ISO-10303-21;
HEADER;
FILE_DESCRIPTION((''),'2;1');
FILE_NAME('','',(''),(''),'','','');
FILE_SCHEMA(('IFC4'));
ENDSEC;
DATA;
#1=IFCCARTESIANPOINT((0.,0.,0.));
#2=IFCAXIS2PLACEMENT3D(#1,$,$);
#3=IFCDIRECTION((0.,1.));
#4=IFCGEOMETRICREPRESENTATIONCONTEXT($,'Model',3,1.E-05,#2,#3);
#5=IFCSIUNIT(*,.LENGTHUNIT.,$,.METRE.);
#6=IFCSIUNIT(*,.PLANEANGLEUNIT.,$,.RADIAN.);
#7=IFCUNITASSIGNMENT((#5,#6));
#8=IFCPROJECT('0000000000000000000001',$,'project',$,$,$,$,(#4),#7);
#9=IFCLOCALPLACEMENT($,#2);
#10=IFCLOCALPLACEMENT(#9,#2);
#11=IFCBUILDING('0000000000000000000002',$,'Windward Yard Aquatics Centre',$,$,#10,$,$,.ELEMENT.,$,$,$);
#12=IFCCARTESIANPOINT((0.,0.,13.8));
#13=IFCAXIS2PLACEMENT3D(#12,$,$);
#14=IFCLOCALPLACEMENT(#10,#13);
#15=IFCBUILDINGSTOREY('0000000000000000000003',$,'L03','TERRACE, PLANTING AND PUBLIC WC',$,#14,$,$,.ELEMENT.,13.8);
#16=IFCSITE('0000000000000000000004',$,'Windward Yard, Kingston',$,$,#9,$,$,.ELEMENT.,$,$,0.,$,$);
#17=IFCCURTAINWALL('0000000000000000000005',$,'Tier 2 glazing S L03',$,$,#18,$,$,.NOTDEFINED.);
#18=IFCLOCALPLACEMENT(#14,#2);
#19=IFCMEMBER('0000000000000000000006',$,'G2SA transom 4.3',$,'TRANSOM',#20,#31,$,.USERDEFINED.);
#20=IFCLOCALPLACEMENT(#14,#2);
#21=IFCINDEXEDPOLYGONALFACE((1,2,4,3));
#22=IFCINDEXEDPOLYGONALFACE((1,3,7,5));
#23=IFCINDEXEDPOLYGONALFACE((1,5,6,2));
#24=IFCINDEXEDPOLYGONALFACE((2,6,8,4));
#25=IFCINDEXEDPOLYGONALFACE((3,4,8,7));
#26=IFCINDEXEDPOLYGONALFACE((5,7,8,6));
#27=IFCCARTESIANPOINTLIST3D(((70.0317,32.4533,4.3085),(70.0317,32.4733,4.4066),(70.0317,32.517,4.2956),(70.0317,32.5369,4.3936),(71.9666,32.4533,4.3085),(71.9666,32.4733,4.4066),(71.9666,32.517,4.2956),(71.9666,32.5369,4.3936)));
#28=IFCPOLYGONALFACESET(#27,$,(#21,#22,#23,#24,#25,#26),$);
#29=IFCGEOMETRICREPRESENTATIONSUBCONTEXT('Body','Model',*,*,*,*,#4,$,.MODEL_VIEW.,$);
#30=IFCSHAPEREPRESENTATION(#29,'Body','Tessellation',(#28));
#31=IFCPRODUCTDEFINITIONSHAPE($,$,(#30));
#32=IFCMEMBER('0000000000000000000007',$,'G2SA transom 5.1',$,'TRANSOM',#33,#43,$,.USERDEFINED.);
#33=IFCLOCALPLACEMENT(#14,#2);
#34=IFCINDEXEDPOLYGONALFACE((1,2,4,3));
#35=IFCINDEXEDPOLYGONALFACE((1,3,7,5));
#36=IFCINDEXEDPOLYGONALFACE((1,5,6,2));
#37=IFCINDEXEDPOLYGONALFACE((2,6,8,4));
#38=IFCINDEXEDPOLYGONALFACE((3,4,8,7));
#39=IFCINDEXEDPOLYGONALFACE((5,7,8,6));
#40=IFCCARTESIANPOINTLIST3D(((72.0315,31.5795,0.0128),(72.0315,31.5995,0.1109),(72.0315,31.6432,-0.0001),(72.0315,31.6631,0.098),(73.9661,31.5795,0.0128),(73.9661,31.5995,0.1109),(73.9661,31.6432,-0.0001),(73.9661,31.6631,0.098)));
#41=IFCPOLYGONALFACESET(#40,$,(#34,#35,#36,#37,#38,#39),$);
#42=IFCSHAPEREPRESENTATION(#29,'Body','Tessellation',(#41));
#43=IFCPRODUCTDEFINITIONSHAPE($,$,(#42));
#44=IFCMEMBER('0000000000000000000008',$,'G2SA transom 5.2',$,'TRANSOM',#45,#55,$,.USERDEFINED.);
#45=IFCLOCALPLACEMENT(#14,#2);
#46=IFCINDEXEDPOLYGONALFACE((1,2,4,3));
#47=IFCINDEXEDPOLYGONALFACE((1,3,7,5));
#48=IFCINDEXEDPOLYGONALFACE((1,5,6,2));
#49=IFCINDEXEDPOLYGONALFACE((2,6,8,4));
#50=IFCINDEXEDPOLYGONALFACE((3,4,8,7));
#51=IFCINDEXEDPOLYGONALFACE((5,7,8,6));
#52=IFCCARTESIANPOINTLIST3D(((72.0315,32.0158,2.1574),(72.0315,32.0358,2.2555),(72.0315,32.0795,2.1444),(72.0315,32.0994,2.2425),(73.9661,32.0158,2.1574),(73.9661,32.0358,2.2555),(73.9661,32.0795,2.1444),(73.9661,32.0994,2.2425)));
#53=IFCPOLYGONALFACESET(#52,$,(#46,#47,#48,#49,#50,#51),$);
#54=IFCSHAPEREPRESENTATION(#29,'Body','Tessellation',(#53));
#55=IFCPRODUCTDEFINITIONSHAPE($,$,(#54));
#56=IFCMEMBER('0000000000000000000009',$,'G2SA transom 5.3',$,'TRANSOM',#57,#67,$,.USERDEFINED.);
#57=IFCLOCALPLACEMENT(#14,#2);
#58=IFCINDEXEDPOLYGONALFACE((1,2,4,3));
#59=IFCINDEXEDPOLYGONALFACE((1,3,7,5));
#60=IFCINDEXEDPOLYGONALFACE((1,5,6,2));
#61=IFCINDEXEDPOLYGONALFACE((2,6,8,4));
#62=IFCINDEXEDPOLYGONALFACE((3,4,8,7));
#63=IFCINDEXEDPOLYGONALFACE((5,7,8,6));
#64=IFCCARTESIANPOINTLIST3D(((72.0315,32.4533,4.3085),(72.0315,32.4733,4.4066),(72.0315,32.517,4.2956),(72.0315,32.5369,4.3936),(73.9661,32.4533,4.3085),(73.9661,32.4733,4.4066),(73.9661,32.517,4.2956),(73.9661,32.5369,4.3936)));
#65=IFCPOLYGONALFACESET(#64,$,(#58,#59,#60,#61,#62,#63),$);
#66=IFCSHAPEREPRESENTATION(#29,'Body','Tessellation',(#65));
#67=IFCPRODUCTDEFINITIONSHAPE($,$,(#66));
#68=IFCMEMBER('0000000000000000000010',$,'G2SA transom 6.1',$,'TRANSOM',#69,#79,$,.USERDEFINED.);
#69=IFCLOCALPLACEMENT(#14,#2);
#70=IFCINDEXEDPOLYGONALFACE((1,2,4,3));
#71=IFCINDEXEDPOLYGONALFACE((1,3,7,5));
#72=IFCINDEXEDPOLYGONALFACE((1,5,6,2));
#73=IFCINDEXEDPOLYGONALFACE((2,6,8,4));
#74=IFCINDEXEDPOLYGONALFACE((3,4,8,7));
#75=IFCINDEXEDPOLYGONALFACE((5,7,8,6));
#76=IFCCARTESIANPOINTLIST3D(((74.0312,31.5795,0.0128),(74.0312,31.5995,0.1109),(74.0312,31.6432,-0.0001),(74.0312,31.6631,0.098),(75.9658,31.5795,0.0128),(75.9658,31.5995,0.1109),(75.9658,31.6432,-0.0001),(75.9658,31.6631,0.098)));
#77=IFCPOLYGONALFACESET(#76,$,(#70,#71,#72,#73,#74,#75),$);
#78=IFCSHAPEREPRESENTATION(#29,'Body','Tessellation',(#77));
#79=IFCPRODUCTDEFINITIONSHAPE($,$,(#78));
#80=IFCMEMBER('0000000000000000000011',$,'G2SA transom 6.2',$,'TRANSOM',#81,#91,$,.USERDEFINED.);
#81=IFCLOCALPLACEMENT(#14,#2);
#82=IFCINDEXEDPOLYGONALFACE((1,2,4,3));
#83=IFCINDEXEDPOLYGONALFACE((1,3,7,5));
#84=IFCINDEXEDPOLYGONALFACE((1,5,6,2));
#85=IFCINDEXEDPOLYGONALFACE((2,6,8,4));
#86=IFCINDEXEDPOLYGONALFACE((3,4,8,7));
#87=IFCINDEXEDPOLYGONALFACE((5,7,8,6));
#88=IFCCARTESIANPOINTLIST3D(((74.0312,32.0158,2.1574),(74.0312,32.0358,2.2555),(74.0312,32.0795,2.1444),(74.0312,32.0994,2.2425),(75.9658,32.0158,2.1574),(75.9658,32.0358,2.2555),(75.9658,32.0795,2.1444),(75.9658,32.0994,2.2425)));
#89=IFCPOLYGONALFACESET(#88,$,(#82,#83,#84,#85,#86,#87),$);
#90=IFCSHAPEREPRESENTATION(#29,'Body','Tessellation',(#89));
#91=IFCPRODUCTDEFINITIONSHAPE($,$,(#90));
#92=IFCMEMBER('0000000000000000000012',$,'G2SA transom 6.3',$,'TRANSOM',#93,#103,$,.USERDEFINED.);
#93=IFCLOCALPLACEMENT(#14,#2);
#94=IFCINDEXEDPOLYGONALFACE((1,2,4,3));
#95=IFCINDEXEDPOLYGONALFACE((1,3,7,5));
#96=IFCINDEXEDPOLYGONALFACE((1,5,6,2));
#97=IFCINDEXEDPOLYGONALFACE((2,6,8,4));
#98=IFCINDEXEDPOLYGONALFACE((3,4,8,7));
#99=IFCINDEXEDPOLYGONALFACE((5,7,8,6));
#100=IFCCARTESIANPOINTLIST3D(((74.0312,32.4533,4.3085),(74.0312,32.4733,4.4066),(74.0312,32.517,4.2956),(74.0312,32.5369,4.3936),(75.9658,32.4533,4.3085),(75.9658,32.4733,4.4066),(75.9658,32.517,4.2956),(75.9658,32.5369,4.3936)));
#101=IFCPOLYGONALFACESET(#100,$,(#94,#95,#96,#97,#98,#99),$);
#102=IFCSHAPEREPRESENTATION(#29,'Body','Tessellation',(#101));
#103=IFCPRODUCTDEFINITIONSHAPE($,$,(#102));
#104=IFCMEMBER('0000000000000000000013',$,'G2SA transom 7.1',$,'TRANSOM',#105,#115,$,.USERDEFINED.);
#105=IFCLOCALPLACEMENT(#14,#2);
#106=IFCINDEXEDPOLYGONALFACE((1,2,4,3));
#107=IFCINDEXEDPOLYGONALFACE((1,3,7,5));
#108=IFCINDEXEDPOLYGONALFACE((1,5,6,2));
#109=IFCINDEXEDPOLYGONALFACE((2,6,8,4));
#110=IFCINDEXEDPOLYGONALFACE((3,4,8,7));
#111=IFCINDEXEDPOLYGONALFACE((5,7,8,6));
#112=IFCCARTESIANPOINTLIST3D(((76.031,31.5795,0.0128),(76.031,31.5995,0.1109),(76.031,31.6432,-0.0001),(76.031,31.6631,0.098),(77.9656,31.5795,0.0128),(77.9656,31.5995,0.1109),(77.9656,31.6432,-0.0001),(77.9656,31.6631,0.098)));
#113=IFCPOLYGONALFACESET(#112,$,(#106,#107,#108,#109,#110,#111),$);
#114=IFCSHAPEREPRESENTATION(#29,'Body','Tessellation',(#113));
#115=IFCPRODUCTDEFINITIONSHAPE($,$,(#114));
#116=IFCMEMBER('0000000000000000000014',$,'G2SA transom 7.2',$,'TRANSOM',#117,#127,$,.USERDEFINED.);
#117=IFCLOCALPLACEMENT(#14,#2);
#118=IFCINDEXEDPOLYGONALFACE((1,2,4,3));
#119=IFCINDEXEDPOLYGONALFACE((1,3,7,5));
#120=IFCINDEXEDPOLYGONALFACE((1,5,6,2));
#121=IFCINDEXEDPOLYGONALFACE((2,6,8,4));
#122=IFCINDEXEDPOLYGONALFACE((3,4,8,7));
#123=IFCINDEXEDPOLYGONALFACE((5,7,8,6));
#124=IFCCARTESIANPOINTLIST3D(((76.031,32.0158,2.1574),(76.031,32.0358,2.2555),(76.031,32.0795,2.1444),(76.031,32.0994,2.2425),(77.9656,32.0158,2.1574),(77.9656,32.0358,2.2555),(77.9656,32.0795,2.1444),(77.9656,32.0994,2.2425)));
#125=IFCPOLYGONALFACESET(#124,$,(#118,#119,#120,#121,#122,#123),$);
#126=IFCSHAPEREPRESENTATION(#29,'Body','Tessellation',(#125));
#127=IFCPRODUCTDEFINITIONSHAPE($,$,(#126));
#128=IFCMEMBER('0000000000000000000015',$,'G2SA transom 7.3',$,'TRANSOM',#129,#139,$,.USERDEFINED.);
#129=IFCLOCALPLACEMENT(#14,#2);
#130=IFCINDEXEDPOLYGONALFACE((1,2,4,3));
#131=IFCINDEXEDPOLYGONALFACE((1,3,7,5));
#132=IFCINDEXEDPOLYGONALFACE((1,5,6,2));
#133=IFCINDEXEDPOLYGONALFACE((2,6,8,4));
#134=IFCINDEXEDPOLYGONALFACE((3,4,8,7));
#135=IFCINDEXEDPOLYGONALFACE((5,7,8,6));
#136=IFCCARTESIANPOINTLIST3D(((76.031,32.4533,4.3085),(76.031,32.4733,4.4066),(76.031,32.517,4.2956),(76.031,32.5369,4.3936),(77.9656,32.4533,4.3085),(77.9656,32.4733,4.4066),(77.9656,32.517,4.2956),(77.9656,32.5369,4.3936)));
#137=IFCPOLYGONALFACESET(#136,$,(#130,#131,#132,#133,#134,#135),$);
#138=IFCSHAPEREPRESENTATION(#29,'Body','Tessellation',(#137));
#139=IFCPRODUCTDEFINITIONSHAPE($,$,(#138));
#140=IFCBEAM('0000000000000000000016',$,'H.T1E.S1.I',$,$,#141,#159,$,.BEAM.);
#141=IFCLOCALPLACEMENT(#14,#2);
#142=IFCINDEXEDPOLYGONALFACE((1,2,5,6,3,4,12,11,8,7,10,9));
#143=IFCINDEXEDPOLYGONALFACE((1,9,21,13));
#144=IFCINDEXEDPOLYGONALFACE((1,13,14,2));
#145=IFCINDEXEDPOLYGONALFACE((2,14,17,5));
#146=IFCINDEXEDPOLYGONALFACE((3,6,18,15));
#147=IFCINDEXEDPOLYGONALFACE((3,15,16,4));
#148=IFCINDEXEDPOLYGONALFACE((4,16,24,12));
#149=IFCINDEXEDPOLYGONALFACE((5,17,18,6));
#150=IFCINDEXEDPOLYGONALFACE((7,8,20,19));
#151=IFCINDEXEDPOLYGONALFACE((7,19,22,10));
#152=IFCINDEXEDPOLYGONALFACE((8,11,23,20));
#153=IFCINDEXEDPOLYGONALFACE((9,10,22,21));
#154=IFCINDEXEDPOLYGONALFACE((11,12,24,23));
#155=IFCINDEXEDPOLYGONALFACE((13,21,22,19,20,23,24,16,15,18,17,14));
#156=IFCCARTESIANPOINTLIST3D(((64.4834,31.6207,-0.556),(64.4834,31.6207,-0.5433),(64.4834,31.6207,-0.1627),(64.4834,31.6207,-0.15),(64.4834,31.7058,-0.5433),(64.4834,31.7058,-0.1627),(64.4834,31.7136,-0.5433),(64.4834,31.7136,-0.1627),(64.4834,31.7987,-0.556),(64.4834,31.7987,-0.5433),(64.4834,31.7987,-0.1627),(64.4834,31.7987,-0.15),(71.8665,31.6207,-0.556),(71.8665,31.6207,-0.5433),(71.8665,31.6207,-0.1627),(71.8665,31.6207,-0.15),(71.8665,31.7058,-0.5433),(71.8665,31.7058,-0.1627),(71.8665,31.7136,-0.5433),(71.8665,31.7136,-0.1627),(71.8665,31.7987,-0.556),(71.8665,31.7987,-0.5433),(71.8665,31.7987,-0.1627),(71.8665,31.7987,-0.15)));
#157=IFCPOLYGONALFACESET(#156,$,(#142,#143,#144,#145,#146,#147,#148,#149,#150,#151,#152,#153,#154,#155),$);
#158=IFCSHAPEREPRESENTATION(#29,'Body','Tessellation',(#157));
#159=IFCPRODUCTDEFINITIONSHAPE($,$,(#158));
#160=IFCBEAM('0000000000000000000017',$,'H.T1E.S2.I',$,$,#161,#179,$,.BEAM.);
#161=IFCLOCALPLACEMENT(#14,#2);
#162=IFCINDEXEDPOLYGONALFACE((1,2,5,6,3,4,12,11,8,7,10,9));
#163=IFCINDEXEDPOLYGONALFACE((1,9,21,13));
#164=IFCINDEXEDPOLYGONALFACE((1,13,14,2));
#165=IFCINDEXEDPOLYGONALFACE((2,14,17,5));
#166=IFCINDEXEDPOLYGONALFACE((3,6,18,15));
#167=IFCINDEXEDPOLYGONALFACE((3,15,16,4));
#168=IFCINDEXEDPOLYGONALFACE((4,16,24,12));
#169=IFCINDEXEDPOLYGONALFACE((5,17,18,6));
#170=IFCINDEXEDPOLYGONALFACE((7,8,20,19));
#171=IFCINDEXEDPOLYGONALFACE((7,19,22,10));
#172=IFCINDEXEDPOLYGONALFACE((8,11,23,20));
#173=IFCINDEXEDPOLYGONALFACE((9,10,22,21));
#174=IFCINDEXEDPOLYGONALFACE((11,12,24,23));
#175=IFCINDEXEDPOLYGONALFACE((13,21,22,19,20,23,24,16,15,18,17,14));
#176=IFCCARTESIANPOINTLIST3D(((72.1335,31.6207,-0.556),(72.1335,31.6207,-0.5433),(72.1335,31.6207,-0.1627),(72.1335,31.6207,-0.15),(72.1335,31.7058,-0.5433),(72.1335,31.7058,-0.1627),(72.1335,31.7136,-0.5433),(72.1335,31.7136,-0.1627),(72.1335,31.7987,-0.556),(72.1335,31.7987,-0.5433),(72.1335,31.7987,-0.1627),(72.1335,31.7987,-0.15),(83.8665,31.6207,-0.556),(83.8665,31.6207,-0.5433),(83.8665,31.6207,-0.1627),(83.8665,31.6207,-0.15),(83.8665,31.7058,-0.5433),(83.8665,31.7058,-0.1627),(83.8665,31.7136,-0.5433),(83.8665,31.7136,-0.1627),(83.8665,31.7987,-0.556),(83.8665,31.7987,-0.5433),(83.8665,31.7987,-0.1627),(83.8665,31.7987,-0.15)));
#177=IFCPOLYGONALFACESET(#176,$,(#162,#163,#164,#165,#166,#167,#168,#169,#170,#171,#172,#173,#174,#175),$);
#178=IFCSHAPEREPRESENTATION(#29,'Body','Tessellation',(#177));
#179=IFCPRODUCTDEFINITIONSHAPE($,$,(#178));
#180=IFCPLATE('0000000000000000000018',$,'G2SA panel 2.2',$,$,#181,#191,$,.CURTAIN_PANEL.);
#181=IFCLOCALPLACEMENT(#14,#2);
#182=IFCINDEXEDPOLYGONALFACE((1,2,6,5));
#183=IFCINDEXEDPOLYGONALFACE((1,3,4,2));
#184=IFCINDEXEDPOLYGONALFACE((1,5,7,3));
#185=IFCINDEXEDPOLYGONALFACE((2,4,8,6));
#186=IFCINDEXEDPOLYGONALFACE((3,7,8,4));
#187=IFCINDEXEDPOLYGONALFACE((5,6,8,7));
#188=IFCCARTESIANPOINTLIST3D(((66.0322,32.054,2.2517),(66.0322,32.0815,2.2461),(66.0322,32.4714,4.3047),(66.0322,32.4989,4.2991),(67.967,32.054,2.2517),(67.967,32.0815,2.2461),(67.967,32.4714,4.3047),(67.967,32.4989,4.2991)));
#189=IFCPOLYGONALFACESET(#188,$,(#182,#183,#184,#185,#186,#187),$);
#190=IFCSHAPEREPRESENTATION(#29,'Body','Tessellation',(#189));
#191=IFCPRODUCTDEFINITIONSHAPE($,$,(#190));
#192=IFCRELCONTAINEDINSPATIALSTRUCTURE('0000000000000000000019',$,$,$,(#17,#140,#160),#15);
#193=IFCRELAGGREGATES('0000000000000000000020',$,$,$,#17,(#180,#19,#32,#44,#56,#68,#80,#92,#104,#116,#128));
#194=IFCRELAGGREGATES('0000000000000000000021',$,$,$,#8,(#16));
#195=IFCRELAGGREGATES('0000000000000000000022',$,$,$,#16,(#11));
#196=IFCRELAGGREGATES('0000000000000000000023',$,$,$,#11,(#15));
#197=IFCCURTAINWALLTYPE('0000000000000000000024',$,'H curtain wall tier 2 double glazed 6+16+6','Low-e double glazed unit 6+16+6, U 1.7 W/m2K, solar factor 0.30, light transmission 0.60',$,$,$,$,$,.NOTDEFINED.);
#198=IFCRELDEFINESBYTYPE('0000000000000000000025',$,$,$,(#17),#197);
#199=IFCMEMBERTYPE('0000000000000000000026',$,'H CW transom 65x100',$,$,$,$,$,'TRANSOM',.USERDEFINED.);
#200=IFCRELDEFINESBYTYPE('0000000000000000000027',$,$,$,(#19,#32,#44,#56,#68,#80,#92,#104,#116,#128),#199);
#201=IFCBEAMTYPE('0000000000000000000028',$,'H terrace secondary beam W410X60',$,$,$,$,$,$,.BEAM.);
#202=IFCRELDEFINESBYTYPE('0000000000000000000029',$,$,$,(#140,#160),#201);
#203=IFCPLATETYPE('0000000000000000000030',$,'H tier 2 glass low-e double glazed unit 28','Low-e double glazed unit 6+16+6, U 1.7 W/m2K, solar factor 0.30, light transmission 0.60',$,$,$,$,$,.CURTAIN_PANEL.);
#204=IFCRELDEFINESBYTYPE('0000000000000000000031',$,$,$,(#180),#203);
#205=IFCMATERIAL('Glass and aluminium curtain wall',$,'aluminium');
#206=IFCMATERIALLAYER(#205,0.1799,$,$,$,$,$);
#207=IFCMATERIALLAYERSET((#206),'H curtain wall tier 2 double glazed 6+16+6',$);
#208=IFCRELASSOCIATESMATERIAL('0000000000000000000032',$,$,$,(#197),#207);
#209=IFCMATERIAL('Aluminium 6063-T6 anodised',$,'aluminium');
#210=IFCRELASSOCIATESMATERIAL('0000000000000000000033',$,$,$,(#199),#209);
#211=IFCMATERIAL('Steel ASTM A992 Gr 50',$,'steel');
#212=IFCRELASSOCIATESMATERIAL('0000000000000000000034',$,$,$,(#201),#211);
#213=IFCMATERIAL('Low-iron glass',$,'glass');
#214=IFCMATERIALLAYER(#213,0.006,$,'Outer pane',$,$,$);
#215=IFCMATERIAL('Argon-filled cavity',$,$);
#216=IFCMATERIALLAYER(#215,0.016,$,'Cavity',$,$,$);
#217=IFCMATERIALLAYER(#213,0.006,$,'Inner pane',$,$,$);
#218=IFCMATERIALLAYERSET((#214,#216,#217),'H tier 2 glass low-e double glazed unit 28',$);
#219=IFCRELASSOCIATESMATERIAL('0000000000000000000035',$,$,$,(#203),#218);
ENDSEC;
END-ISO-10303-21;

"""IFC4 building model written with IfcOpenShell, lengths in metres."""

from ifc_helpers import new_model, si_unit, direction, frame, origin, origin_2d, place, context, subcontext, project, spatial, polyline, rectangle, i_section, outline, extrude, material, layer, layer_set, material_profile, profile_set, type_object, element, aggregate, save


model = new_model("IFC4")

# Units and contexts
model_context = context("Model", 3, precision=1e-05, world=origin(), true_north=direction((0.0, 1.0)))
body_context = subcontext(model_context, "Body", "Model", "MODEL_VIEW")
ifc_project = project(units=[si_unit("LENGTHUNIT", "METRE"), si_unit("PLANEANGLEUNIT", "RADIAN")], contexts=[model_context])

# Site, building, storey
site_placement = place(None, origin())
site = spatial("IfcSite", under=ifc_project, at=site_placement, Name="Windward Yard, Kingston", CompositionType="ELEMENT", RefElevation=0.0)
building_placement = place(site_placement, origin())
building = spatial("IfcBuilding", under=site, at=building_placement, Name="Windward Yard Aquatics Centre", CompositionType="ELEMENT")
storey_placement = place(building_placement, frame((0.0, 0.0, 13.8)))
storey = spatial("IfcBuildingStorey", under=building, at=storey_placement, Name="L03", Description="TERRACE, PLANTING AND PUBLIC WC", CompositionType="ELEMENT", Elevation=13.8)

# Curtain wall, members
ifc_material_1 = material(Name="Glass and aluminium curtain wall", Category="aluminium")
ifc_layer_1 = layer(ifc_material_1, 0.1799)
ifc_layer_set_1 = layer_set([ifc_layer_1], Name="H curtain wall tier 2 double glazed 6+16+6")
curtain_wall_type = type_object("IfcCurtainWallType", Name="H curtain wall tier 2 double glazed 6+16+6", Description="Low-e double glazed unit 6+16+6, U 1.7 W/m2K, solar factor 0.30, light transmission 0.60", PredefinedType="NOTDEFINED", material=ifc_layer_set_1)
curtain_wall_placement = place(storey_placement, origin())
curtain_wall = element("IfcCurtainWall", 1, at=curtain_wall_placement, inside=storey, type_object=curtain_wall_type, Name="Tier 2 glazing S L03", PredefinedType="NOTDEFINED")
ifc_material_2 = material(Name="Aluminium 6063-T6 anodised", Category="aluminium")
ifc_material_profile_1 = material_profile(ifc_material_2, rectangle(XDim=0.0649, YDim=0.1001, at=origin_2d()), Name="H CW transom 65x100")
ifc_profile_set_1 = profile_set([ifc_material_profile_1], Name="Aluminium 6063-T6 anodised")
member_type = type_object("IfcMemberType", Name="H CW transom 65x100", ElementType="TRANSOM", PredefinedType="USERDEFINED", material=ifc_profile_set_1)
member_1_placement = place(storey_placement, frame((70.0317, 32.4951, 4.3511), z_axis=(1.0, 0.0, 0.0), x_axis=(0.0, -0.979925, 0.199368)))
member_1 = element("IfcMember", 2, at=member_1_placement, type_object=member_type, Name="G2SA transom 4.3", ObjectType="TRANSOM", PredefinedType="USERDEFINED", context=body_context, shape_type="SweptSolid", body=[
    extrude(rectangle(XDim=0.0649, YDim=0.1001, at=origin_2d()), origin(), (0.0, 0.0, 1.0), 1.9348),
])
member_2_placement = place(storey_placement, frame((72.0315, 31.6213, 0.0554), z_axis=(1.0, 0.0, 0.0), x_axis=(0.0, -0.979925, 0.199368)))
member_2 = element("IfcMember", 3, at=member_2_placement, type_object=member_type, Name="G2SA transom 5.1", ObjectType="TRANSOM", PredefinedType="USERDEFINED", context=body_context, shape_type="SweptSolid", body=[
    extrude(rectangle(XDim=0.0649, YDim=0.1001, at=origin_2d()), origin(), (0.0, 0.0, 1.0), 1.9346),
])
member_3_placement = place(storey_placement, frame((72.0315, 32.0576, 2.2), z_axis=(1.0, 0.0, 0.0), x_axis=(0.0, -0.979925, 0.199368)))
member_3 = element("IfcMember", 4, at=member_3_placement, type_object=member_type, Name="G2SA transom 5.2", ObjectType="TRANSOM", PredefinedType="USERDEFINED", context=body_context, shape_type="SweptSolid", body=[
    extrude(rectangle(XDim=0.0649, YDim=0.1001, at=origin_2d()), origin(), (0.0, 0.0, 1.0), 1.9346),
])
member_4_placement = place(storey_placement, frame((72.0315, 32.4951, 4.3511), z_axis=(1.0, 0.0, 0.0), x_axis=(0.0, -0.979925, 0.199368)))
member_4 = element("IfcMember", 5, at=member_4_placement, type_object=member_type, Name="G2SA transom 5.3", ObjectType="TRANSOM", PredefinedType="USERDEFINED", context=body_context, shape_type="SweptSolid", body=[
    extrude(rectangle(XDim=0.0649, YDim=0.1001, at=origin_2d()), origin(), (0.0, 0.0, 1.0), 1.9346),
])
member_5_placement = place(storey_placement, frame((74.0312, 31.6213, 0.0554), z_axis=(1.0, 0.0, 0.0), x_axis=(0.0, -0.979925, 0.199368)))
member_5 = element("IfcMember", 6, at=member_5_placement, type_object=member_type, Name="G2SA transom 6.1", ObjectType="TRANSOM", PredefinedType="USERDEFINED", context=body_context, shape_type="SweptSolid", body=[
    extrude(rectangle(XDim=0.0649, YDim=0.1001, at=origin_2d()), origin(), (0.0, 0.0, 1.0), 1.9346),
])
member_6_placement = place(storey_placement, frame((74.0312, 32.0576, 2.2), z_axis=(1.0, 0.0, 0.0), x_axis=(0.0, -0.979925, 0.199368)))
member_6 = element("IfcMember", 7, at=member_6_placement, type_object=member_type, Name="G2SA transom 6.2", ObjectType="TRANSOM", PredefinedType="USERDEFINED", context=body_context, shape_type="SweptSolid", body=[
    extrude(rectangle(XDim=0.0649, YDim=0.1001, at=origin_2d()), origin(), (0.0, 0.0, 1.0), 1.9346),
])
member_7_placement = place(storey_placement, frame((74.0312, 32.4951, 4.3511), z_axis=(1.0, 0.0, 0.0), x_axis=(0.0, -0.979925, 0.199368)))
member_7 = element("IfcMember", 8, at=member_7_placement, type_object=member_type, Name="G2SA transom 6.3", ObjectType="TRANSOM", PredefinedType="USERDEFINED", context=body_context, shape_type="SweptSolid", body=[
    extrude(rectangle(XDim=0.0649, YDim=0.1001, at=origin_2d()), origin(), (0.0, 0.0, 1.0), 1.9346),
])
member_8_placement = place(storey_placement, frame((76.031, 31.6213, 0.0554), z_axis=(1.0, 0.0, 0.0), x_axis=(0.0, -0.979925, 0.199368)))
member_8 = element("IfcMember", 9, at=member_8_placement, type_object=member_type, Name="G2SA transom 7.1", ObjectType="TRANSOM", PredefinedType="USERDEFINED", context=body_context, shape_type="SweptSolid", body=[
    extrude(rectangle(XDim=0.0649, YDim=0.1001, at=origin_2d()), origin(), (0.0, 0.0, 1.0), 1.9346),
])
member_9_placement = place(storey_placement, frame((76.031, 32.0576, 2.2), z_axis=(1.0, 0.0, 0.0), x_axis=(0.0, -0.979925, 0.199368)))
member_9 = element("IfcMember", 10, at=member_9_placement, type_object=member_type, Name="G2SA transom 7.2", ObjectType="TRANSOM", PredefinedType="USERDEFINED", context=body_context, shape_type="SweptSolid", body=[
    extrude(rectangle(XDim=0.0649, YDim=0.1001, at=origin_2d()), origin(), (0.0, 0.0, 1.0), 1.9346),
])
member_10_placement = place(storey_placement, frame((76.031, 32.4951, 4.3511), z_axis=(1.0, 0.0, 0.0), x_axis=(0.0, -0.979925, 0.199368)))
member_10 = element("IfcMember", 11, at=member_10_placement, type_object=member_type, Name="G2SA transom 7.3", ObjectType="TRANSOM", PredefinedType="USERDEFINED", context=body_context, shape_type="SweptSolid", body=[
    extrude(rectangle(XDim=0.0649, YDim=0.1001, at=origin_2d()), origin(), (0.0, 0.0, 1.0), 1.9346),
])

# Beams
ifc_material_3 = material(Name="Steel ASTM A992 Gr 50", Category="steel")
ifc_material_profile_2 = material_profile(ifc_material_3, i_section(OverallWidth=0.178, OverallDepth=0.406, WebThickness=0.0078, FlangeThickness=0.0127, at=origin_2d()), Name="W410X60")
ifc_profile_set_2 = profile_set([ifc_material_profile_2], Name="Steel ASTM A992 Gr 50")
beam_type = type_object("IfcBeamType", Name="H terrace secondary beam W410X60", PredefinedType="BEAM", material=ifc_profile_set_2)
beam_1_placement = place(storey_placement, frame((64.4834, 31.7097, -0.353), z_axis=(1.0, 0.0, 0.0), x_axis=(0.0, 1.0, 0.0)))
element("IfcBeam", 12, at=beam_1_placement, inside=storey, type_object=beam_type, Name="H.T1E.S1.I", PredefinedType="BEAM", context=body_context, shape_type="SweptSolid", body=[
    extrude(i_section(OverallWidth=0.178, OverallDepth=0.406, WebThickness=0.0078, FlangeThickness=0.0127, at=origin_2d()), origin(), (0.0, 0.0, 1.0), 7.3831),
])
beam_2_placement = place(storey_placement, frame((72.1335, 31.7097, -0.353), z_axis=(1.0, 0.0, 0.0), x_axis=(0.0, 1.0, 0.0)))
element("IfcBeam", 13, at=beam_2_placement, inside=storey, type_object=beam_type, Name="H.T1E.S2.I", PredefinedType="BEAM", context=body_context, shape_type="SweptSolid", body=[
    extrude(i_section(OverallWidth=0.178, OverallDepth=0.406, WebThickness=0.0078, FlangeThickness=0.0127, at=origin_2d()), origin(), (0.0, 0.0, 1.0), 11.7329),
])

# Plate
ifc_material_4 = material(Name="Low-iron glass", Category="glass")
ifc_layer_2 = layer(ifc_material_4, 0.006, Name="Outer pane")
ifc_material_5 = material(Name="Argon-filled cavity")
ifc_layer_3 = layer(ifc_material_5, 0.016, Name="Cavity")
ifc_layer_4 = layer(ifc_material_4, 0.006, Name="Inner pane")
ifc_layer_set_2 = layer_set([ifc_layer_2, ifc_layer_3, ifc_layer_4], Name="H tier 2 glass low-e double glazed unit 28")
plate_type = type_object("IfcPlateType", Name="H tier 2 glass low-e double glazed unit 28", Description="Low-e double glazed unit 6+16+6, U 1.7 W/m2K, solar factor 0.30, light transmission 0.60", PredefinedType="CURTAIN_PANEL", material=ifc_layer_set_2)
plate_1_placement = place(storey_placement, frame((66.0322, 32.054, 2.2517), z_axis=(0.0, -0.979944, 0.199275), x_axis=(1.0, 0.0, 0.0)))
plate_1 = element("IfcPlate", 14, at=plate_1_placement, type_object=plate_type, Name="G2SA panel 2.2", PredefinedType="CURTAIN_PANEL", context=body_context, shape_type="SweptSolid", body=[
    extrude(outline(polyline([(0.0, 0.0), (1.9348, 0.0), (1.9348, 2.095), (0.0, 2.095), (0.0, 0.0)])), origin(), (0.0, 0.0, -1.0), 0.0281),
])
aggregate(curtain_wall, [plate_1, member_1, member_2, member_3, member_4, member_5, member_6, member_7, member_8, member_9, member_10])

save(model, "model.ifc")
